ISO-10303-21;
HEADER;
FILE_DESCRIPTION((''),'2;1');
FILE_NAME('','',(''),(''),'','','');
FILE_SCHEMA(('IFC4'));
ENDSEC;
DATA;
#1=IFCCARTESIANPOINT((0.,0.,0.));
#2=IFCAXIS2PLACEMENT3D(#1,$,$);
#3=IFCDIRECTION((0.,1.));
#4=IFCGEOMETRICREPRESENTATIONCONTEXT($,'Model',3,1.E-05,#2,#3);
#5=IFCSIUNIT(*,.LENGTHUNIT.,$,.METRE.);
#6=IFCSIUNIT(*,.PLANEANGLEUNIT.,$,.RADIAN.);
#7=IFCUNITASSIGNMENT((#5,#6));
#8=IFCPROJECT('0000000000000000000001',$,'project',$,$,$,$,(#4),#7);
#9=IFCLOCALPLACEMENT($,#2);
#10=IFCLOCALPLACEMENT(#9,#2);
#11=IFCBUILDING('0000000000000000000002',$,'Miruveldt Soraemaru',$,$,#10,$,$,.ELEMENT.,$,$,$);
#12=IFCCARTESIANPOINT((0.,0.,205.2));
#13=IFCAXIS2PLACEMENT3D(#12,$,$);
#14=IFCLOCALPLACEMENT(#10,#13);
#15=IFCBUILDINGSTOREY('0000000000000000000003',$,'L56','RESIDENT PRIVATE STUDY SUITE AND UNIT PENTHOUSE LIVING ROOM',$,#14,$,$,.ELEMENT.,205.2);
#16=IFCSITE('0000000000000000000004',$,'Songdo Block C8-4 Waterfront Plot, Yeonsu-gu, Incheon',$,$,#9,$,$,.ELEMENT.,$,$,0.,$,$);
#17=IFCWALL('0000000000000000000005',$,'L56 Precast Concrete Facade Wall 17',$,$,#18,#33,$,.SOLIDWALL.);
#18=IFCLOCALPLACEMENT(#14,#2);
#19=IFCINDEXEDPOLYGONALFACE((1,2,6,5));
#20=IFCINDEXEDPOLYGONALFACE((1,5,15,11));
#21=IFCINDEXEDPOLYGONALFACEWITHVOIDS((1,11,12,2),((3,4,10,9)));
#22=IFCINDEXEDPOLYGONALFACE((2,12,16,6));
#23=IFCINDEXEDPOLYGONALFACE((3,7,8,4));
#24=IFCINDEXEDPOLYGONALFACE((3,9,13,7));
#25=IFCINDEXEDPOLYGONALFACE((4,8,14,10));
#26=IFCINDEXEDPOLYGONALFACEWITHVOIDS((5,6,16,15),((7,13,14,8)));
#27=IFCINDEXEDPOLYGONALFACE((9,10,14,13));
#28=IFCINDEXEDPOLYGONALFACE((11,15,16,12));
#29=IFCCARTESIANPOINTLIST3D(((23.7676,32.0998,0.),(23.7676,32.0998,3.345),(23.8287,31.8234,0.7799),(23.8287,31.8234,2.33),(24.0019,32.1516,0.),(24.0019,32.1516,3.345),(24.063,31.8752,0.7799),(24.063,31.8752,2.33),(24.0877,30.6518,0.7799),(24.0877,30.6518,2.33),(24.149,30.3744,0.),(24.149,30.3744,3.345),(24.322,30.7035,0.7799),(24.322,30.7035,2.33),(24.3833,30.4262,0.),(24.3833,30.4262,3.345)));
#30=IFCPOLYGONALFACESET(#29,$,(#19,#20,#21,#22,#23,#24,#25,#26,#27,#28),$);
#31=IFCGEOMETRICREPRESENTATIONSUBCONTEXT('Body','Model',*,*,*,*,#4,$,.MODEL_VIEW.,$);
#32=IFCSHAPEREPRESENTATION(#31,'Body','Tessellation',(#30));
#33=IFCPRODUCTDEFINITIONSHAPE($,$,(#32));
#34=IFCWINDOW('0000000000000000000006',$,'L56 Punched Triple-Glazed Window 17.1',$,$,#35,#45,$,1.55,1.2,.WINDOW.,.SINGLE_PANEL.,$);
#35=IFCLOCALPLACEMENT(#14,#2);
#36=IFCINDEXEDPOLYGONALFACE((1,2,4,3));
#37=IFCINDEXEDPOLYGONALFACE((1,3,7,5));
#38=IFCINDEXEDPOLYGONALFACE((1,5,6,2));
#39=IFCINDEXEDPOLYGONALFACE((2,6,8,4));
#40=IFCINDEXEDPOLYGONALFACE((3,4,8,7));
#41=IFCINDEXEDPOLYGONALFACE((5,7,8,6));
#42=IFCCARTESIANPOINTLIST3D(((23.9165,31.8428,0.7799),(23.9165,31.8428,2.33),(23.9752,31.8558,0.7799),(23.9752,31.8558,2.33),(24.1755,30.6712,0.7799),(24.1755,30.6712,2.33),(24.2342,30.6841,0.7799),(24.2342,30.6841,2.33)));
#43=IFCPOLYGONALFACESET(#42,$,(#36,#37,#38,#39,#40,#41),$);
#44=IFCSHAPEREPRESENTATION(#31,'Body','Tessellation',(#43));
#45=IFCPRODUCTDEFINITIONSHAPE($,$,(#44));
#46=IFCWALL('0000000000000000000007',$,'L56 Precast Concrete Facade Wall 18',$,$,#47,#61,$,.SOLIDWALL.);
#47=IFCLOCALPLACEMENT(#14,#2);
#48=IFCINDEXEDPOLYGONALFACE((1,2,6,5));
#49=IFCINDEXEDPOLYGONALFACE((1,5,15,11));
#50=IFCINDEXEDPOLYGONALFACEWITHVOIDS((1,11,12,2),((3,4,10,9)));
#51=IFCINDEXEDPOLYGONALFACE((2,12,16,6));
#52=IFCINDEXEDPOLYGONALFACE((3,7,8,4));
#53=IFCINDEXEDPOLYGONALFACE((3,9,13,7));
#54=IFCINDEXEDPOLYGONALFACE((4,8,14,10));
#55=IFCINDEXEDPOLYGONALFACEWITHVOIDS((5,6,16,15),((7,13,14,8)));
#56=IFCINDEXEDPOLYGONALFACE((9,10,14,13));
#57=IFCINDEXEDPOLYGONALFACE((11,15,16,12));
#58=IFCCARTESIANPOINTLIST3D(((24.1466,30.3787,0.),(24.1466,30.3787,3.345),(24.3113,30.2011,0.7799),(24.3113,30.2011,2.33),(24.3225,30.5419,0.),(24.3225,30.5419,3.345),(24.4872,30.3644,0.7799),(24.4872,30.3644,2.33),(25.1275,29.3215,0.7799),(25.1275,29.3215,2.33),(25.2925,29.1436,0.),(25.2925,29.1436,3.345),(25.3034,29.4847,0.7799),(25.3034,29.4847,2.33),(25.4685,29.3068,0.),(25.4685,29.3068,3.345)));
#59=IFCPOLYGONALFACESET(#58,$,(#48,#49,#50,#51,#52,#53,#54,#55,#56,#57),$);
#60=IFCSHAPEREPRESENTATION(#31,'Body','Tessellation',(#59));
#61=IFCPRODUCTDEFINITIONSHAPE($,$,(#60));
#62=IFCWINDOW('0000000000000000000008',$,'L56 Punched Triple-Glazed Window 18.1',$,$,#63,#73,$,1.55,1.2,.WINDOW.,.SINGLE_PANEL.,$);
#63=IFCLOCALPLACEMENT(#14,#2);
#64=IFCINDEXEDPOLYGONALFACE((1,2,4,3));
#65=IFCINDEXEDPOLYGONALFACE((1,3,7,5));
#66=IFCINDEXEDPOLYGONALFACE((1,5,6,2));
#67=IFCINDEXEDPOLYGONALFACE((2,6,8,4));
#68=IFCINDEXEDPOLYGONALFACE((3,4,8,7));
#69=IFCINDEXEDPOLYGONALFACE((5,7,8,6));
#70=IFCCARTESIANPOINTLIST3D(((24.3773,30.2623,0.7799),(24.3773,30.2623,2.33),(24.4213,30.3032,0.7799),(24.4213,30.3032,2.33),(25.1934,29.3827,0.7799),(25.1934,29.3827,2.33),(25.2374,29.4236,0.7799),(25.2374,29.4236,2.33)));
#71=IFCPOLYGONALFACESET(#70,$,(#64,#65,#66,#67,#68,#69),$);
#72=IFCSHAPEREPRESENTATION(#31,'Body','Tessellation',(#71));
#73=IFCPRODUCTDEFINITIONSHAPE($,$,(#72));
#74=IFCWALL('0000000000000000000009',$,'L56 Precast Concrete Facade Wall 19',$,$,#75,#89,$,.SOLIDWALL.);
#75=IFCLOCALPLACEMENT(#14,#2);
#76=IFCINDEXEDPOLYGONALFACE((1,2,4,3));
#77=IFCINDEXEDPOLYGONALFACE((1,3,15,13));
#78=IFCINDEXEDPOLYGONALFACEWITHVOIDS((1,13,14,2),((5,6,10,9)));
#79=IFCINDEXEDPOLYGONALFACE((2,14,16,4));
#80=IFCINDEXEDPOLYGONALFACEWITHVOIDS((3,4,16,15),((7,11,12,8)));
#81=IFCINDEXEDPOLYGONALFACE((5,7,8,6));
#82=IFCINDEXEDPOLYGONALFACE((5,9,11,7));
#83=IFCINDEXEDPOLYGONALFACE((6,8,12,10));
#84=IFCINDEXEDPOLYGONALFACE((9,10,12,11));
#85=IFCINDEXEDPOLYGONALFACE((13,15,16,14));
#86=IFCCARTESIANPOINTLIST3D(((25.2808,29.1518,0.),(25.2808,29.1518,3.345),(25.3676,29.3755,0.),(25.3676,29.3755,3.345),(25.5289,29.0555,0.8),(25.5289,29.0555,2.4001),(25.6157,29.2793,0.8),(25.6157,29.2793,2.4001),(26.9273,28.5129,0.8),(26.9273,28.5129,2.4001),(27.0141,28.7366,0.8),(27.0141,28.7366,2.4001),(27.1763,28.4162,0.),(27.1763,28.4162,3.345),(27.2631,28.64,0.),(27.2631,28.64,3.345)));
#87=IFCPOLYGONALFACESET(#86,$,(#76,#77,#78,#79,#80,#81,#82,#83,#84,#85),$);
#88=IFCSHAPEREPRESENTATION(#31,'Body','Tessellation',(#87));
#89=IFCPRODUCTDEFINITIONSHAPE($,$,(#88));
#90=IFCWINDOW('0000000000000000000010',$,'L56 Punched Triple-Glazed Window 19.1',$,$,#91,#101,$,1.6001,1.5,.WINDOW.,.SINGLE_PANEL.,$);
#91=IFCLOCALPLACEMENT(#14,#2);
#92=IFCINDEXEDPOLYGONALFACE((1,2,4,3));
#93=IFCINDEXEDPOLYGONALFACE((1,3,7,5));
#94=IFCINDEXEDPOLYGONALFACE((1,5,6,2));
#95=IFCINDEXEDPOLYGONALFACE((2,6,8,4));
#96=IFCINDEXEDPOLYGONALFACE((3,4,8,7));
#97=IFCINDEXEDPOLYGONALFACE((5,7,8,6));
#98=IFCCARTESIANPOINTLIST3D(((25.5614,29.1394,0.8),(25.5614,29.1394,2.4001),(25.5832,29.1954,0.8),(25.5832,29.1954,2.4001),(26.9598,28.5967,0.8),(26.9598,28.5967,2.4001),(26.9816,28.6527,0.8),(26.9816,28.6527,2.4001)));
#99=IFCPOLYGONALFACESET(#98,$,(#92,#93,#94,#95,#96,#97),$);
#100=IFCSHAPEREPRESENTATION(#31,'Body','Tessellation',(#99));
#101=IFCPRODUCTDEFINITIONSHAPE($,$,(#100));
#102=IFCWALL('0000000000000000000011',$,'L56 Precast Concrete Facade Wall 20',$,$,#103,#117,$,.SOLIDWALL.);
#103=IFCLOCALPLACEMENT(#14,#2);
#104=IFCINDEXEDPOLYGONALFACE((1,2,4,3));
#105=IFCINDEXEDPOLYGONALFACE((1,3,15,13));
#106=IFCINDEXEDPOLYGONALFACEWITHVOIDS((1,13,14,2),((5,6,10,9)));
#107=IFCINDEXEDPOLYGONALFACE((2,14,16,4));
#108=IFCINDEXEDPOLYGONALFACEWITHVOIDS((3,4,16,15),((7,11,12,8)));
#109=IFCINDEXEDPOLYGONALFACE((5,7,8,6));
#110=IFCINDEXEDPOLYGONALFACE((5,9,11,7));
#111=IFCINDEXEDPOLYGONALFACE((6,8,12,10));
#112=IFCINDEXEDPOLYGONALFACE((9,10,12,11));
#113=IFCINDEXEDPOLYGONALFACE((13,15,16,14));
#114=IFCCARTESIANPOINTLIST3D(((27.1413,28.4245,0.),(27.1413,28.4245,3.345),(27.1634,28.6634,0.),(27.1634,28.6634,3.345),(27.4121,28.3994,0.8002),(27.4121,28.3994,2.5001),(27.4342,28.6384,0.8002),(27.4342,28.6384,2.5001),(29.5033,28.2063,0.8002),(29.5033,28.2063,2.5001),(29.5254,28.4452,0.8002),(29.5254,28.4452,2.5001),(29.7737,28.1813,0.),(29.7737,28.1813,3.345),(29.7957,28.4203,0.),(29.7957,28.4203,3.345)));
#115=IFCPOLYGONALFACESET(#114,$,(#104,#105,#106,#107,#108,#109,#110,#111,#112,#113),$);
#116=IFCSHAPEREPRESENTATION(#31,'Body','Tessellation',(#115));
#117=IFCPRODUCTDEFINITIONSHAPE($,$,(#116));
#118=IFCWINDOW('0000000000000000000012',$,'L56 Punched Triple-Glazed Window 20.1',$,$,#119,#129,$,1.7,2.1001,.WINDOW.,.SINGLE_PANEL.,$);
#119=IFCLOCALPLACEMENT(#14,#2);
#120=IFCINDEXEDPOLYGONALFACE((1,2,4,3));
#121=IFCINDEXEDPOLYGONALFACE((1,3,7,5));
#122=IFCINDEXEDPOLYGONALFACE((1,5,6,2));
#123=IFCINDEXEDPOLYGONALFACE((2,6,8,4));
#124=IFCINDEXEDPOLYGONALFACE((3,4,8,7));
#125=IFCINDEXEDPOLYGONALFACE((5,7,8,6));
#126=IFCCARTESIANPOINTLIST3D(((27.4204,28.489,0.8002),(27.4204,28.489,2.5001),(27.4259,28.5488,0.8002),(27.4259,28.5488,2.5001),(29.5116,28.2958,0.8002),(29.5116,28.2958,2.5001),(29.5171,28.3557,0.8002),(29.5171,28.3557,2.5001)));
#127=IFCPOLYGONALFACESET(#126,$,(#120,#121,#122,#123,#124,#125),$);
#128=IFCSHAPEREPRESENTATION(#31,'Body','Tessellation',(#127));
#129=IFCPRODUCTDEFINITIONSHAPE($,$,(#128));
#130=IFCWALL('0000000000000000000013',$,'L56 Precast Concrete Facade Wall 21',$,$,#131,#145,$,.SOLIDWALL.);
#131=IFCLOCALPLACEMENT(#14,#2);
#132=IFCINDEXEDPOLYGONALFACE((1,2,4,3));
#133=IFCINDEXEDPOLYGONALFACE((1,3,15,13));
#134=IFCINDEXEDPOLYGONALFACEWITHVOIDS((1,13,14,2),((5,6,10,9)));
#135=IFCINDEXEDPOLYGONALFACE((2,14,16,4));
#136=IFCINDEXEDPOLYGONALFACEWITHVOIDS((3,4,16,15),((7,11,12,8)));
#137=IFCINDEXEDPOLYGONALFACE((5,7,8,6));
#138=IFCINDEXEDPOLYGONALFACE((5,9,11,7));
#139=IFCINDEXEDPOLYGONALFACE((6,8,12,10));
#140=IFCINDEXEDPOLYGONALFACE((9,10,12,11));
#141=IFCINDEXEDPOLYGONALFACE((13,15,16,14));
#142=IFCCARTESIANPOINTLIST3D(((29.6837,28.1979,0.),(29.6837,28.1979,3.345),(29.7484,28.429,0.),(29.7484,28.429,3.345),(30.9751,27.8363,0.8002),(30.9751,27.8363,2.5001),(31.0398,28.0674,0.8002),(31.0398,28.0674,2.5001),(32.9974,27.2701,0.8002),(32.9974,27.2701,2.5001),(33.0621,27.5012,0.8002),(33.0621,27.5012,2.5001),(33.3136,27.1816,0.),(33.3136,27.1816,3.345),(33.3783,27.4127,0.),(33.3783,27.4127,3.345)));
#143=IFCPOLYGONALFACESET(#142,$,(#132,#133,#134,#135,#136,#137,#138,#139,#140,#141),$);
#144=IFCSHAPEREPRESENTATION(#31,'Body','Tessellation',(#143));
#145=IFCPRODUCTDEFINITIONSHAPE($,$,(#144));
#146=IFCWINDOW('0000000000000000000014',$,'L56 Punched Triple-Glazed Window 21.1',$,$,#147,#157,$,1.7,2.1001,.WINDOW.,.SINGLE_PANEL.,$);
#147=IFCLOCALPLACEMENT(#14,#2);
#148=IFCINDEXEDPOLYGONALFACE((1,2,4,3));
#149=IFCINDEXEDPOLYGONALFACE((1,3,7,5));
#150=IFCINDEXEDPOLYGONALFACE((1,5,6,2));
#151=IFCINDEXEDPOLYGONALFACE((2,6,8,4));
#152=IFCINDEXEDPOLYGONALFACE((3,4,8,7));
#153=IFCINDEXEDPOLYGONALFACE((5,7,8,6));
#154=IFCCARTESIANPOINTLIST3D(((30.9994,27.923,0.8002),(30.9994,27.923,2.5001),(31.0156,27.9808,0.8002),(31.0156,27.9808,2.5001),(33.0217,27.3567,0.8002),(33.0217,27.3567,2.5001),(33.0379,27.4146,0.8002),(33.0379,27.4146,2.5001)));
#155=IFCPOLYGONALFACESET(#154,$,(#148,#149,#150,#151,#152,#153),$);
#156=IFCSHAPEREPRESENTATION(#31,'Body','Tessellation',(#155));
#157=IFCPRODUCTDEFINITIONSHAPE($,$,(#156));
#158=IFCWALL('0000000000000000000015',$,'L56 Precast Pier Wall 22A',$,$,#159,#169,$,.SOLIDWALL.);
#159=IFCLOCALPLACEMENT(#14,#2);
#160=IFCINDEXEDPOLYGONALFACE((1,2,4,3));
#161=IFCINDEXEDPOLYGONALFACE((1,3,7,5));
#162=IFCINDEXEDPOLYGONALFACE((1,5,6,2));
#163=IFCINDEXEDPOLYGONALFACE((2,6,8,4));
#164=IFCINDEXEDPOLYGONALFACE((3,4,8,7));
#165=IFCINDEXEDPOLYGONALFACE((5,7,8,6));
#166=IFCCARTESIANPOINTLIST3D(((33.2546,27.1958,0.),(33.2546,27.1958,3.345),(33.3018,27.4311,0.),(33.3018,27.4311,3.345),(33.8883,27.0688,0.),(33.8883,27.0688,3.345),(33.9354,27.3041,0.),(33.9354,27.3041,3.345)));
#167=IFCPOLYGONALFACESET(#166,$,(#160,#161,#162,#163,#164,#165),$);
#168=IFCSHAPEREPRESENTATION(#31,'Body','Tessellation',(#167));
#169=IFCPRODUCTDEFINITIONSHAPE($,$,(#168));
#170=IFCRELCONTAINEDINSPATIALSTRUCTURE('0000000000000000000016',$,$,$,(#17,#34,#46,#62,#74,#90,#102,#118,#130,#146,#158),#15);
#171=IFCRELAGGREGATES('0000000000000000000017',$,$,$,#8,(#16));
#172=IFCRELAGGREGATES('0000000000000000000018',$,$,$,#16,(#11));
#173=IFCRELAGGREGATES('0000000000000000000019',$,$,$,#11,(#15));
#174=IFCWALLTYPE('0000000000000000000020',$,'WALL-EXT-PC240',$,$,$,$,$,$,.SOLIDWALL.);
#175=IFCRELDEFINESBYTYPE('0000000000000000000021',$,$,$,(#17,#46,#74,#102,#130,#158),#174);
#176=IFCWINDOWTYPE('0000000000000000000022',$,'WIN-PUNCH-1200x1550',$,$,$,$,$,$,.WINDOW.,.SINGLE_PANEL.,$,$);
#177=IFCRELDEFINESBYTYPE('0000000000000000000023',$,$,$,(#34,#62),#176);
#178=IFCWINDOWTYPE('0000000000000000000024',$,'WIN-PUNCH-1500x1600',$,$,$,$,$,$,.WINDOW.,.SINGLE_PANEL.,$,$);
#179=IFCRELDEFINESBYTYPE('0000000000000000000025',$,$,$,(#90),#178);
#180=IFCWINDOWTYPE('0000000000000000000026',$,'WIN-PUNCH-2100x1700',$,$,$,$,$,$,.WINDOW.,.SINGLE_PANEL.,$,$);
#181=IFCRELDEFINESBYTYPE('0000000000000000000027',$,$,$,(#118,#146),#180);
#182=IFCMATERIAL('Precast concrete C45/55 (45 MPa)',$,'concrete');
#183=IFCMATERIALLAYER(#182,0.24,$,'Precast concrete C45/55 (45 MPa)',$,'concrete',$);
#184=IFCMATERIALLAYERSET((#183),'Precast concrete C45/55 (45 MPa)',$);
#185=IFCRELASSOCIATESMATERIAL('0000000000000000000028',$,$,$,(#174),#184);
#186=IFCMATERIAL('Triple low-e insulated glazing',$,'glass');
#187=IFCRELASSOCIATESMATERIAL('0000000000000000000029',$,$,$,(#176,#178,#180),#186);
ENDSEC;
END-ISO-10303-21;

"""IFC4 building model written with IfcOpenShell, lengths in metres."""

from ifc_helpers import new_model, si_unit, direction, frame, frame_2d, origin, place, context, subcontext, project, spatial, rectangle, extrude, material, layer, layer_set, type_object, element, fill, save


model = new_model("IFC4")

# Units and contexts
model_context = context("Model", 3, precision=1e-05, world=origin(), true_north=direction((0.0, 1.0)))
body_context = subcontext(model_context, "Body", "Model", "MODEL_VIEW")
ifc_project = project(units=[si_unit("LENGTHUNIT", "METRE"), si_unit("PLANEANGLEUNIT", "RADIAN")], contexts=[model_context])

# Site, building, storey
site_placement = place(None, origin())
site = spatial("IfcSite", under=ifc_project, at=site_placement, Name="Songdo Block C8-4 Waterfront Plot, Yeonsu-gu, Incheon", CompositionType="ELEMENT", RefElevation=0.0)
building_placement = place(site_placement, origin())
building = spatial("IfcBuilding", under=site, at=building_placement, Name="Miruveldt Soraemaru", CompositionType="ELEMENT")
storey_placement = place(building_placement, frame((0.0, 0.0, 205.2)))
storey = spatial("IfcBuildingStorey", under=building, at=storey_placement, Name="L56", Description="RESIDENT PRIVATE STUDY SUITE AND UNIT PENTHOUSE LIVING ROOM", CompositionType="ELEMENT", Elevation=205.2)

# Walls, openings, windows
ifc_material_1 = material(Name="Precast concrete C45/55 (45 MPa)", Category="concrete")
ifc_layer_1 = layer(ifc_material_1, 0.24, Name="Precast concrete C45/55 (45 MPa)", Category="concrete")
ifc_layer_set_1 = layer_set([ifc_layer_1], Name="Precast concrete C45/55 (45 MPa)")
wall_type_1 = type_object("IfcWallType", Name="WALL-EXT-PC240", PredefinedType="SOLIDWALL", material=ifc_layer_set_1)
wall_1_placement = place(storey_placement, frame((23.8848, 32.1257, 0.0), z_axis=(0.0, 0.0, 1.0), x_axis=(0.215818, -0.976434, 0.0)))
wall_1 = element("IfcWall", 1, at=wall_1_placement, inside=storey, type_object=wall_type_1, Name="L56 Precast Concrete Facade Wall 17", PredefinedType="SOLIDWALL", context=body_context, shape_type="SweptSolid", body=[
    extrude(rectangle(XDim=1.7671, YDim=0.24, at=frame_2d((0.8835, 0.0))), origin(), (0.0, 0.0, 1.0), 3.345),
])
opening_1_placement = place(wall_1_placement, frame((0.283, 0.0, 0.78)))
opening_1 = element("IfcOpeningElement", 2, at=opening_1_placement, cuts=wall_1, PredefinedType="OPENING", context=body_context, shape_type="SweptSolid", body=[
    extrude(rectangle(XDim=1.2, YDim=1.55, at=frame_2d((0.6001, 0.7749))), frame((0.0, 0.1299, 0.0), z_axis=(0.0, -1.0, 0.0), x_axis=(1.0, 0.0, 0.0)), (0.0, 0.0, 1.0), 0.26),
])
ifc_material_2 = material(Name="Triple low-e insulated glazing", Category="glass")
window_type_1 = type_object("IfcWindowType", Name="WIN-PUNCH-1200x1550", PartitioningType="SINGLE_PANEL", PredefinedType="WINDOW", material=ifc_material_2)
window_1_placement = place(opening_1_placement, origin())
window_1 = element("IfcWindow", 3, at=window_1_placement, inside=storey, type_object=window_type_1, Name="L56 Punched Triple-Glazed Window 17.1", OverallHeight=1.55, OverallWidth=1.2, PartitioningType="SINGLE_PANEL", PredefinedType="WINDOW", context=body_context, shape_type="SweptSolid", body=[
    extrude(rectangle(XDim=1.2, YDim=1.55, at=frame_2d((0.6001, 0.7749))), frame((0.0, 0.03, 0.0), z_axis=(0.0, -1.0, 0.0), x_axis=(1.0, 0.0, 0.0)), (0.0, 0.0, 1.0), 0.0601),
])
fill(opening_1, window_1)
wall_2_placement = place(storey_placement, frame((24.2346, 30.4602, 0.0), z_axis=(0.0, 0.0, 1.0), x_axis=(0.680168, -0.733057, 0.0)))
wall_2 = element("IfcWall", 4, at=wall_2_placement, inside=storey, type_object=wall_type_1, Name="L56 Precast Concrete Facade Wall 18", PredefinedType="SOLIDWALL", context=body_context, shape_type="SweptSolid", body=[
    extrude(rectangle(XDim=1.6848, YDim=0.24, at=frame_2d((0.8423, 0.0))), origin(), (0.0, 0.0, 1.0), 3.345),
])
opening_2_placement = place(wall_2_placement, frame((0.2419, 0.0, 0.78)))
opening_2 = element("IfcOpeningElement", 5, at=opening_2_placement, cuts=wall_2, PredefinedType="OPENING", context=body_context, shape_type="SweptSolid", body=[
    extrude(rectangle(XDim=1.2, YDim=1.55, at=frame_2d((0.6001, 0.7749))), frame((0.0, 0.1299, 0.0), z_axis=(0.0, -1.0, 0.0), x_axis=(1.0, 0.0, 0.0)), (0.0, 0.0, 1.0), 0.26),
])
window_2_placement = place(opening_2_placement, origin())
window_2 = element("IfcWindow", 6, at=window_2_placement, inside=storey, type_object=window_type_1, Name="L56 Punched Triple-Glazed Window 18.1", OverallHeight=1.55, OverallWidth=1.2, PartitioningType="SINGLE_PANEL", PredefinedType="WINDOW", context=body_context, shape_type="SweptSolid", body=[
    extrude(rectangle(XDim=1.2, YDim=1.55, at=frame_2d((0.6001, 0.7749))), frame((0.0, 0.03, 0.0), z_axis=(0.0, -1.0, 0.0), x_axis=(1.0, 0.0, 0.0)), (0.0, 0.0, 1.0), 0.0601),
])
fill(opening_2, window_2)
wall_3_placement = place(storey_placement, frame((25.3242, 29.2637, 0.0), z_axis=(0.0, 0.0, 1.0), x_axis=(0.932261, -0.361786, 0.0)))
wall_3 = element("IfcWall", 7, at=wall_3_placement, inside=storey, type_object=wall_type_1, Name="L56 Precast Concrete Facade Wall 19", PredefinedType="SOLIDWALL", context=body_context, shape_type="SweptSolid", body=[
    extrude(rectangle(XDim=2.0332, YDim=0.24, at=frame_2d((1.0166, 0.0))), origin(), (0.0, 0.0, 1.0), 3.345),
])
opening_3_placement = place(wall_3_placement, frame((0.2661, 0.0, 0.8)))
opening_3 = element("IfcOpeningElement", 8, at=opening_3_placement, cuts=wall_3, PredefinedType="OPENING", context=body_context, shape_type="SweptSolid", body=[
    extrude(rectangle(XDim=1.5, YDim=1.6001, at=frame_2d((0.75, 0.8))), frame((0.0, 0.1299, 0.0), z_axis=(0.0, -1.0, 0.0), x_axis=(1.0, 0.0, 0.0)), (0.0, 0.0, 1.0), 0.26),
])
window_type_2 = type_object("IfcWindowType", Name="WIN-PUNCH-1500x1600", PartitioningType="SINGLE_PANEL", PredefinedType="WINDOW", material=ifc_material_2)
window_3_placement = place(opening_3_placement, origin())
window_3 = element("IfcWindow", 9, at=window_3_placement, inside=storey, type_object=window_type_2, Name="L56 Punched Triple-Glazed Window 19.1", OverallHeight=1.6001, OverallWidth=1.5, PartitioningType="SINGLE_PANEL", PredefinedType="WINDOW", context=body_context, shape_type="SweptSolid", body=[
    extrude(rectangle(XDim=1.5, YDim=1.6001, at=frame_2d((0.75, 0.8))), frame((0.0, 0.03, 0.0), z_axis=(0.0, -1.0, 0.0), x_axis=(1.0, 0.0, 0.0)), (0.0, 0.0, 1.0), 0.0601),
])
fill(opening_3, window_3)
wall_4_placement = place(storey_placement, frame((27.1523, 28.5439, 0.0), z_axis=(0.0, 0.0, 1.0), x_axis=(0.99576, -0.091985, 0.0)))
wall_4 = element("IfcWall", 10, at=wall_4_placement, inside=storey, type_object=wall_type_1, Name="L56 Precast Concrete Facade Wall 20", PredefinedType="SOLIDWALL", context=body_context, shape_type="SweptSolid", body=[
    extrude(rectangle(XDim=2.6436, YDim=0.24, at=frame_2d((1.3218, 0.0))), origin(), (0.0, 0.0, 1.0), 3.345),
])
opening_4_placement = place(wall_4_placement, frame((0.272, 0.0, 0.8)))
opening_4 = element("IfcOpeningElement", 11, at=opening_4_placement, cuts=wall_4, PredefinedType="OPENING", context=body_context, shape_type="SweptSolid", body=[
    extrude(rectangle(XDim=2.1001, YDim=1.7, at=frame_2d((1.05, 0.8501))), frame((0.0, 0.1299, 0.0), z_axis=(0.0, -1.0, 0.0), x_axis=(1.0, 0.0, 0.0)), (0.0, 0.0, 1.0), 0.26),
])
window_type_3 = type_object("IfcWindowType", Name="WIN-PUNCH-2100x1700", PartitioningType="SINGLE_PANEL", PredefinedType="WINDOW", material=ifc_material_2)
window_4_placement = place(opening_4_placement, origin())
window_4 = element("IfcWindow", 12, at=window_4_placement, inside=storey, type_object=window_type_3, Name="L56 Punched Triple-Glazed Window 20.1", OverallHeight=1.7, OverallWidth=2.1001, PartitioningType="SINGLE_PANEL", PredefinedType="WINDOW", context=body_context, shape_type="SweptSolid", body=[
    extrude(rectangle(XDim=2.1001, YDim=1.7, at=frame_2d((1.05, 0.8501))), frame((0.0, 0.03, 0.0), z_axis=(0.0, -1.0, 0.0), x_axis=(1.0, 0.0, 0.0)), (0.0, 0.0, 1.0), 0.0601),
])
fill(opening_4, window_4)
wall_5_placement = place(storey_placement, frame((29.7161, 28.3135, 0.0), z_axis=(0.0, 0.0, 1.0), x_axis=(0.962965, -0.269628, 0.0)))
wall_5 = element("IfcWall", 13, at=wall_5_placement, inside=storey, type_object=wall_type_1, Name="L56 Precast Concrete Facade Wall 21", PredefinedType="SOLIDWALL", context=body_context, shape_type="SweptSolid", body=[
    extrude(rectangle(XDim=3.7695, YDim=0.24, at=frame_2d((1.8848, 0.0))), origin(), (0.0, 0.0, 1.0), 3.345),
])
opening_5_placement = place(wall_5_placement, frame((1.3411, 0.0, 0.8)))
opening_5 = element("IfcOpeningElement", 14, at=opening_5_placement, cuts=wall_5, PredefinedType="OPENING", context=body_context, shape_type="SweptSolid", body=[
    extrude(rectangle(XDim=2.1001, YDim=1.7, at=frame_2d((1.05, 0.8501))), frame((0.0, 0.1299, 0.0), z_axis=(0.0, -1.0, 0.0), x_axis=(1.0, 0.0, 0.0)), (0.0, 0.0, 1.0), 0.26),
])
window_5_placement = place(opening_5_placement, origin())
window_5 = element("IfcWindow", 15, at=window_5_placement, inside=storey, type_object=window_type_3, Name="L56 Punched Triple-Glazed Window 21.1", OverallHeight=1.7, OverallWidth=2.1001, PartitioningType="SINGLE_PANEL", PredefinedType="WINDOW", context=body_context, shape_type="SweptSolid", body=[
    extrude(rectangle(XDim=2.1001, YDim=1.7, at=frame_2d((1.05, 0.8501))), frame((0.0, 0.03, 0.0), z_axis=(0.0, -1.0, 0.0), x_axis=(1.0, 0.0, 0.0)), (0.0, 0.0, 1.0), 0.0601),
])
fill(opening_5, window_5)

# Wall
wall_6_placement = place(storey_placement, frame((33.2781, 27.3135, 0.0), z_axis=(0.0, 0.0, 1.0), x_axis=(0.980508, -0.196479, 0.0)))
element("IfcWall", 16, at=wall_6_placement, inside=storey, type_object=wall_type_1, Name="L56 Precast Pier Wall 22A", PredefinedType="SOLIDWALL", context=body_context, shape_type="SweptSolid", body=[
    extrude(rectangle(XDim=0.6462, YDim=0.24, at=frame_2d((0.3232, 0.0))), origin(), (0.0, 0.0, 1.0), 3.345),
])

save(model, "model.ifc")
